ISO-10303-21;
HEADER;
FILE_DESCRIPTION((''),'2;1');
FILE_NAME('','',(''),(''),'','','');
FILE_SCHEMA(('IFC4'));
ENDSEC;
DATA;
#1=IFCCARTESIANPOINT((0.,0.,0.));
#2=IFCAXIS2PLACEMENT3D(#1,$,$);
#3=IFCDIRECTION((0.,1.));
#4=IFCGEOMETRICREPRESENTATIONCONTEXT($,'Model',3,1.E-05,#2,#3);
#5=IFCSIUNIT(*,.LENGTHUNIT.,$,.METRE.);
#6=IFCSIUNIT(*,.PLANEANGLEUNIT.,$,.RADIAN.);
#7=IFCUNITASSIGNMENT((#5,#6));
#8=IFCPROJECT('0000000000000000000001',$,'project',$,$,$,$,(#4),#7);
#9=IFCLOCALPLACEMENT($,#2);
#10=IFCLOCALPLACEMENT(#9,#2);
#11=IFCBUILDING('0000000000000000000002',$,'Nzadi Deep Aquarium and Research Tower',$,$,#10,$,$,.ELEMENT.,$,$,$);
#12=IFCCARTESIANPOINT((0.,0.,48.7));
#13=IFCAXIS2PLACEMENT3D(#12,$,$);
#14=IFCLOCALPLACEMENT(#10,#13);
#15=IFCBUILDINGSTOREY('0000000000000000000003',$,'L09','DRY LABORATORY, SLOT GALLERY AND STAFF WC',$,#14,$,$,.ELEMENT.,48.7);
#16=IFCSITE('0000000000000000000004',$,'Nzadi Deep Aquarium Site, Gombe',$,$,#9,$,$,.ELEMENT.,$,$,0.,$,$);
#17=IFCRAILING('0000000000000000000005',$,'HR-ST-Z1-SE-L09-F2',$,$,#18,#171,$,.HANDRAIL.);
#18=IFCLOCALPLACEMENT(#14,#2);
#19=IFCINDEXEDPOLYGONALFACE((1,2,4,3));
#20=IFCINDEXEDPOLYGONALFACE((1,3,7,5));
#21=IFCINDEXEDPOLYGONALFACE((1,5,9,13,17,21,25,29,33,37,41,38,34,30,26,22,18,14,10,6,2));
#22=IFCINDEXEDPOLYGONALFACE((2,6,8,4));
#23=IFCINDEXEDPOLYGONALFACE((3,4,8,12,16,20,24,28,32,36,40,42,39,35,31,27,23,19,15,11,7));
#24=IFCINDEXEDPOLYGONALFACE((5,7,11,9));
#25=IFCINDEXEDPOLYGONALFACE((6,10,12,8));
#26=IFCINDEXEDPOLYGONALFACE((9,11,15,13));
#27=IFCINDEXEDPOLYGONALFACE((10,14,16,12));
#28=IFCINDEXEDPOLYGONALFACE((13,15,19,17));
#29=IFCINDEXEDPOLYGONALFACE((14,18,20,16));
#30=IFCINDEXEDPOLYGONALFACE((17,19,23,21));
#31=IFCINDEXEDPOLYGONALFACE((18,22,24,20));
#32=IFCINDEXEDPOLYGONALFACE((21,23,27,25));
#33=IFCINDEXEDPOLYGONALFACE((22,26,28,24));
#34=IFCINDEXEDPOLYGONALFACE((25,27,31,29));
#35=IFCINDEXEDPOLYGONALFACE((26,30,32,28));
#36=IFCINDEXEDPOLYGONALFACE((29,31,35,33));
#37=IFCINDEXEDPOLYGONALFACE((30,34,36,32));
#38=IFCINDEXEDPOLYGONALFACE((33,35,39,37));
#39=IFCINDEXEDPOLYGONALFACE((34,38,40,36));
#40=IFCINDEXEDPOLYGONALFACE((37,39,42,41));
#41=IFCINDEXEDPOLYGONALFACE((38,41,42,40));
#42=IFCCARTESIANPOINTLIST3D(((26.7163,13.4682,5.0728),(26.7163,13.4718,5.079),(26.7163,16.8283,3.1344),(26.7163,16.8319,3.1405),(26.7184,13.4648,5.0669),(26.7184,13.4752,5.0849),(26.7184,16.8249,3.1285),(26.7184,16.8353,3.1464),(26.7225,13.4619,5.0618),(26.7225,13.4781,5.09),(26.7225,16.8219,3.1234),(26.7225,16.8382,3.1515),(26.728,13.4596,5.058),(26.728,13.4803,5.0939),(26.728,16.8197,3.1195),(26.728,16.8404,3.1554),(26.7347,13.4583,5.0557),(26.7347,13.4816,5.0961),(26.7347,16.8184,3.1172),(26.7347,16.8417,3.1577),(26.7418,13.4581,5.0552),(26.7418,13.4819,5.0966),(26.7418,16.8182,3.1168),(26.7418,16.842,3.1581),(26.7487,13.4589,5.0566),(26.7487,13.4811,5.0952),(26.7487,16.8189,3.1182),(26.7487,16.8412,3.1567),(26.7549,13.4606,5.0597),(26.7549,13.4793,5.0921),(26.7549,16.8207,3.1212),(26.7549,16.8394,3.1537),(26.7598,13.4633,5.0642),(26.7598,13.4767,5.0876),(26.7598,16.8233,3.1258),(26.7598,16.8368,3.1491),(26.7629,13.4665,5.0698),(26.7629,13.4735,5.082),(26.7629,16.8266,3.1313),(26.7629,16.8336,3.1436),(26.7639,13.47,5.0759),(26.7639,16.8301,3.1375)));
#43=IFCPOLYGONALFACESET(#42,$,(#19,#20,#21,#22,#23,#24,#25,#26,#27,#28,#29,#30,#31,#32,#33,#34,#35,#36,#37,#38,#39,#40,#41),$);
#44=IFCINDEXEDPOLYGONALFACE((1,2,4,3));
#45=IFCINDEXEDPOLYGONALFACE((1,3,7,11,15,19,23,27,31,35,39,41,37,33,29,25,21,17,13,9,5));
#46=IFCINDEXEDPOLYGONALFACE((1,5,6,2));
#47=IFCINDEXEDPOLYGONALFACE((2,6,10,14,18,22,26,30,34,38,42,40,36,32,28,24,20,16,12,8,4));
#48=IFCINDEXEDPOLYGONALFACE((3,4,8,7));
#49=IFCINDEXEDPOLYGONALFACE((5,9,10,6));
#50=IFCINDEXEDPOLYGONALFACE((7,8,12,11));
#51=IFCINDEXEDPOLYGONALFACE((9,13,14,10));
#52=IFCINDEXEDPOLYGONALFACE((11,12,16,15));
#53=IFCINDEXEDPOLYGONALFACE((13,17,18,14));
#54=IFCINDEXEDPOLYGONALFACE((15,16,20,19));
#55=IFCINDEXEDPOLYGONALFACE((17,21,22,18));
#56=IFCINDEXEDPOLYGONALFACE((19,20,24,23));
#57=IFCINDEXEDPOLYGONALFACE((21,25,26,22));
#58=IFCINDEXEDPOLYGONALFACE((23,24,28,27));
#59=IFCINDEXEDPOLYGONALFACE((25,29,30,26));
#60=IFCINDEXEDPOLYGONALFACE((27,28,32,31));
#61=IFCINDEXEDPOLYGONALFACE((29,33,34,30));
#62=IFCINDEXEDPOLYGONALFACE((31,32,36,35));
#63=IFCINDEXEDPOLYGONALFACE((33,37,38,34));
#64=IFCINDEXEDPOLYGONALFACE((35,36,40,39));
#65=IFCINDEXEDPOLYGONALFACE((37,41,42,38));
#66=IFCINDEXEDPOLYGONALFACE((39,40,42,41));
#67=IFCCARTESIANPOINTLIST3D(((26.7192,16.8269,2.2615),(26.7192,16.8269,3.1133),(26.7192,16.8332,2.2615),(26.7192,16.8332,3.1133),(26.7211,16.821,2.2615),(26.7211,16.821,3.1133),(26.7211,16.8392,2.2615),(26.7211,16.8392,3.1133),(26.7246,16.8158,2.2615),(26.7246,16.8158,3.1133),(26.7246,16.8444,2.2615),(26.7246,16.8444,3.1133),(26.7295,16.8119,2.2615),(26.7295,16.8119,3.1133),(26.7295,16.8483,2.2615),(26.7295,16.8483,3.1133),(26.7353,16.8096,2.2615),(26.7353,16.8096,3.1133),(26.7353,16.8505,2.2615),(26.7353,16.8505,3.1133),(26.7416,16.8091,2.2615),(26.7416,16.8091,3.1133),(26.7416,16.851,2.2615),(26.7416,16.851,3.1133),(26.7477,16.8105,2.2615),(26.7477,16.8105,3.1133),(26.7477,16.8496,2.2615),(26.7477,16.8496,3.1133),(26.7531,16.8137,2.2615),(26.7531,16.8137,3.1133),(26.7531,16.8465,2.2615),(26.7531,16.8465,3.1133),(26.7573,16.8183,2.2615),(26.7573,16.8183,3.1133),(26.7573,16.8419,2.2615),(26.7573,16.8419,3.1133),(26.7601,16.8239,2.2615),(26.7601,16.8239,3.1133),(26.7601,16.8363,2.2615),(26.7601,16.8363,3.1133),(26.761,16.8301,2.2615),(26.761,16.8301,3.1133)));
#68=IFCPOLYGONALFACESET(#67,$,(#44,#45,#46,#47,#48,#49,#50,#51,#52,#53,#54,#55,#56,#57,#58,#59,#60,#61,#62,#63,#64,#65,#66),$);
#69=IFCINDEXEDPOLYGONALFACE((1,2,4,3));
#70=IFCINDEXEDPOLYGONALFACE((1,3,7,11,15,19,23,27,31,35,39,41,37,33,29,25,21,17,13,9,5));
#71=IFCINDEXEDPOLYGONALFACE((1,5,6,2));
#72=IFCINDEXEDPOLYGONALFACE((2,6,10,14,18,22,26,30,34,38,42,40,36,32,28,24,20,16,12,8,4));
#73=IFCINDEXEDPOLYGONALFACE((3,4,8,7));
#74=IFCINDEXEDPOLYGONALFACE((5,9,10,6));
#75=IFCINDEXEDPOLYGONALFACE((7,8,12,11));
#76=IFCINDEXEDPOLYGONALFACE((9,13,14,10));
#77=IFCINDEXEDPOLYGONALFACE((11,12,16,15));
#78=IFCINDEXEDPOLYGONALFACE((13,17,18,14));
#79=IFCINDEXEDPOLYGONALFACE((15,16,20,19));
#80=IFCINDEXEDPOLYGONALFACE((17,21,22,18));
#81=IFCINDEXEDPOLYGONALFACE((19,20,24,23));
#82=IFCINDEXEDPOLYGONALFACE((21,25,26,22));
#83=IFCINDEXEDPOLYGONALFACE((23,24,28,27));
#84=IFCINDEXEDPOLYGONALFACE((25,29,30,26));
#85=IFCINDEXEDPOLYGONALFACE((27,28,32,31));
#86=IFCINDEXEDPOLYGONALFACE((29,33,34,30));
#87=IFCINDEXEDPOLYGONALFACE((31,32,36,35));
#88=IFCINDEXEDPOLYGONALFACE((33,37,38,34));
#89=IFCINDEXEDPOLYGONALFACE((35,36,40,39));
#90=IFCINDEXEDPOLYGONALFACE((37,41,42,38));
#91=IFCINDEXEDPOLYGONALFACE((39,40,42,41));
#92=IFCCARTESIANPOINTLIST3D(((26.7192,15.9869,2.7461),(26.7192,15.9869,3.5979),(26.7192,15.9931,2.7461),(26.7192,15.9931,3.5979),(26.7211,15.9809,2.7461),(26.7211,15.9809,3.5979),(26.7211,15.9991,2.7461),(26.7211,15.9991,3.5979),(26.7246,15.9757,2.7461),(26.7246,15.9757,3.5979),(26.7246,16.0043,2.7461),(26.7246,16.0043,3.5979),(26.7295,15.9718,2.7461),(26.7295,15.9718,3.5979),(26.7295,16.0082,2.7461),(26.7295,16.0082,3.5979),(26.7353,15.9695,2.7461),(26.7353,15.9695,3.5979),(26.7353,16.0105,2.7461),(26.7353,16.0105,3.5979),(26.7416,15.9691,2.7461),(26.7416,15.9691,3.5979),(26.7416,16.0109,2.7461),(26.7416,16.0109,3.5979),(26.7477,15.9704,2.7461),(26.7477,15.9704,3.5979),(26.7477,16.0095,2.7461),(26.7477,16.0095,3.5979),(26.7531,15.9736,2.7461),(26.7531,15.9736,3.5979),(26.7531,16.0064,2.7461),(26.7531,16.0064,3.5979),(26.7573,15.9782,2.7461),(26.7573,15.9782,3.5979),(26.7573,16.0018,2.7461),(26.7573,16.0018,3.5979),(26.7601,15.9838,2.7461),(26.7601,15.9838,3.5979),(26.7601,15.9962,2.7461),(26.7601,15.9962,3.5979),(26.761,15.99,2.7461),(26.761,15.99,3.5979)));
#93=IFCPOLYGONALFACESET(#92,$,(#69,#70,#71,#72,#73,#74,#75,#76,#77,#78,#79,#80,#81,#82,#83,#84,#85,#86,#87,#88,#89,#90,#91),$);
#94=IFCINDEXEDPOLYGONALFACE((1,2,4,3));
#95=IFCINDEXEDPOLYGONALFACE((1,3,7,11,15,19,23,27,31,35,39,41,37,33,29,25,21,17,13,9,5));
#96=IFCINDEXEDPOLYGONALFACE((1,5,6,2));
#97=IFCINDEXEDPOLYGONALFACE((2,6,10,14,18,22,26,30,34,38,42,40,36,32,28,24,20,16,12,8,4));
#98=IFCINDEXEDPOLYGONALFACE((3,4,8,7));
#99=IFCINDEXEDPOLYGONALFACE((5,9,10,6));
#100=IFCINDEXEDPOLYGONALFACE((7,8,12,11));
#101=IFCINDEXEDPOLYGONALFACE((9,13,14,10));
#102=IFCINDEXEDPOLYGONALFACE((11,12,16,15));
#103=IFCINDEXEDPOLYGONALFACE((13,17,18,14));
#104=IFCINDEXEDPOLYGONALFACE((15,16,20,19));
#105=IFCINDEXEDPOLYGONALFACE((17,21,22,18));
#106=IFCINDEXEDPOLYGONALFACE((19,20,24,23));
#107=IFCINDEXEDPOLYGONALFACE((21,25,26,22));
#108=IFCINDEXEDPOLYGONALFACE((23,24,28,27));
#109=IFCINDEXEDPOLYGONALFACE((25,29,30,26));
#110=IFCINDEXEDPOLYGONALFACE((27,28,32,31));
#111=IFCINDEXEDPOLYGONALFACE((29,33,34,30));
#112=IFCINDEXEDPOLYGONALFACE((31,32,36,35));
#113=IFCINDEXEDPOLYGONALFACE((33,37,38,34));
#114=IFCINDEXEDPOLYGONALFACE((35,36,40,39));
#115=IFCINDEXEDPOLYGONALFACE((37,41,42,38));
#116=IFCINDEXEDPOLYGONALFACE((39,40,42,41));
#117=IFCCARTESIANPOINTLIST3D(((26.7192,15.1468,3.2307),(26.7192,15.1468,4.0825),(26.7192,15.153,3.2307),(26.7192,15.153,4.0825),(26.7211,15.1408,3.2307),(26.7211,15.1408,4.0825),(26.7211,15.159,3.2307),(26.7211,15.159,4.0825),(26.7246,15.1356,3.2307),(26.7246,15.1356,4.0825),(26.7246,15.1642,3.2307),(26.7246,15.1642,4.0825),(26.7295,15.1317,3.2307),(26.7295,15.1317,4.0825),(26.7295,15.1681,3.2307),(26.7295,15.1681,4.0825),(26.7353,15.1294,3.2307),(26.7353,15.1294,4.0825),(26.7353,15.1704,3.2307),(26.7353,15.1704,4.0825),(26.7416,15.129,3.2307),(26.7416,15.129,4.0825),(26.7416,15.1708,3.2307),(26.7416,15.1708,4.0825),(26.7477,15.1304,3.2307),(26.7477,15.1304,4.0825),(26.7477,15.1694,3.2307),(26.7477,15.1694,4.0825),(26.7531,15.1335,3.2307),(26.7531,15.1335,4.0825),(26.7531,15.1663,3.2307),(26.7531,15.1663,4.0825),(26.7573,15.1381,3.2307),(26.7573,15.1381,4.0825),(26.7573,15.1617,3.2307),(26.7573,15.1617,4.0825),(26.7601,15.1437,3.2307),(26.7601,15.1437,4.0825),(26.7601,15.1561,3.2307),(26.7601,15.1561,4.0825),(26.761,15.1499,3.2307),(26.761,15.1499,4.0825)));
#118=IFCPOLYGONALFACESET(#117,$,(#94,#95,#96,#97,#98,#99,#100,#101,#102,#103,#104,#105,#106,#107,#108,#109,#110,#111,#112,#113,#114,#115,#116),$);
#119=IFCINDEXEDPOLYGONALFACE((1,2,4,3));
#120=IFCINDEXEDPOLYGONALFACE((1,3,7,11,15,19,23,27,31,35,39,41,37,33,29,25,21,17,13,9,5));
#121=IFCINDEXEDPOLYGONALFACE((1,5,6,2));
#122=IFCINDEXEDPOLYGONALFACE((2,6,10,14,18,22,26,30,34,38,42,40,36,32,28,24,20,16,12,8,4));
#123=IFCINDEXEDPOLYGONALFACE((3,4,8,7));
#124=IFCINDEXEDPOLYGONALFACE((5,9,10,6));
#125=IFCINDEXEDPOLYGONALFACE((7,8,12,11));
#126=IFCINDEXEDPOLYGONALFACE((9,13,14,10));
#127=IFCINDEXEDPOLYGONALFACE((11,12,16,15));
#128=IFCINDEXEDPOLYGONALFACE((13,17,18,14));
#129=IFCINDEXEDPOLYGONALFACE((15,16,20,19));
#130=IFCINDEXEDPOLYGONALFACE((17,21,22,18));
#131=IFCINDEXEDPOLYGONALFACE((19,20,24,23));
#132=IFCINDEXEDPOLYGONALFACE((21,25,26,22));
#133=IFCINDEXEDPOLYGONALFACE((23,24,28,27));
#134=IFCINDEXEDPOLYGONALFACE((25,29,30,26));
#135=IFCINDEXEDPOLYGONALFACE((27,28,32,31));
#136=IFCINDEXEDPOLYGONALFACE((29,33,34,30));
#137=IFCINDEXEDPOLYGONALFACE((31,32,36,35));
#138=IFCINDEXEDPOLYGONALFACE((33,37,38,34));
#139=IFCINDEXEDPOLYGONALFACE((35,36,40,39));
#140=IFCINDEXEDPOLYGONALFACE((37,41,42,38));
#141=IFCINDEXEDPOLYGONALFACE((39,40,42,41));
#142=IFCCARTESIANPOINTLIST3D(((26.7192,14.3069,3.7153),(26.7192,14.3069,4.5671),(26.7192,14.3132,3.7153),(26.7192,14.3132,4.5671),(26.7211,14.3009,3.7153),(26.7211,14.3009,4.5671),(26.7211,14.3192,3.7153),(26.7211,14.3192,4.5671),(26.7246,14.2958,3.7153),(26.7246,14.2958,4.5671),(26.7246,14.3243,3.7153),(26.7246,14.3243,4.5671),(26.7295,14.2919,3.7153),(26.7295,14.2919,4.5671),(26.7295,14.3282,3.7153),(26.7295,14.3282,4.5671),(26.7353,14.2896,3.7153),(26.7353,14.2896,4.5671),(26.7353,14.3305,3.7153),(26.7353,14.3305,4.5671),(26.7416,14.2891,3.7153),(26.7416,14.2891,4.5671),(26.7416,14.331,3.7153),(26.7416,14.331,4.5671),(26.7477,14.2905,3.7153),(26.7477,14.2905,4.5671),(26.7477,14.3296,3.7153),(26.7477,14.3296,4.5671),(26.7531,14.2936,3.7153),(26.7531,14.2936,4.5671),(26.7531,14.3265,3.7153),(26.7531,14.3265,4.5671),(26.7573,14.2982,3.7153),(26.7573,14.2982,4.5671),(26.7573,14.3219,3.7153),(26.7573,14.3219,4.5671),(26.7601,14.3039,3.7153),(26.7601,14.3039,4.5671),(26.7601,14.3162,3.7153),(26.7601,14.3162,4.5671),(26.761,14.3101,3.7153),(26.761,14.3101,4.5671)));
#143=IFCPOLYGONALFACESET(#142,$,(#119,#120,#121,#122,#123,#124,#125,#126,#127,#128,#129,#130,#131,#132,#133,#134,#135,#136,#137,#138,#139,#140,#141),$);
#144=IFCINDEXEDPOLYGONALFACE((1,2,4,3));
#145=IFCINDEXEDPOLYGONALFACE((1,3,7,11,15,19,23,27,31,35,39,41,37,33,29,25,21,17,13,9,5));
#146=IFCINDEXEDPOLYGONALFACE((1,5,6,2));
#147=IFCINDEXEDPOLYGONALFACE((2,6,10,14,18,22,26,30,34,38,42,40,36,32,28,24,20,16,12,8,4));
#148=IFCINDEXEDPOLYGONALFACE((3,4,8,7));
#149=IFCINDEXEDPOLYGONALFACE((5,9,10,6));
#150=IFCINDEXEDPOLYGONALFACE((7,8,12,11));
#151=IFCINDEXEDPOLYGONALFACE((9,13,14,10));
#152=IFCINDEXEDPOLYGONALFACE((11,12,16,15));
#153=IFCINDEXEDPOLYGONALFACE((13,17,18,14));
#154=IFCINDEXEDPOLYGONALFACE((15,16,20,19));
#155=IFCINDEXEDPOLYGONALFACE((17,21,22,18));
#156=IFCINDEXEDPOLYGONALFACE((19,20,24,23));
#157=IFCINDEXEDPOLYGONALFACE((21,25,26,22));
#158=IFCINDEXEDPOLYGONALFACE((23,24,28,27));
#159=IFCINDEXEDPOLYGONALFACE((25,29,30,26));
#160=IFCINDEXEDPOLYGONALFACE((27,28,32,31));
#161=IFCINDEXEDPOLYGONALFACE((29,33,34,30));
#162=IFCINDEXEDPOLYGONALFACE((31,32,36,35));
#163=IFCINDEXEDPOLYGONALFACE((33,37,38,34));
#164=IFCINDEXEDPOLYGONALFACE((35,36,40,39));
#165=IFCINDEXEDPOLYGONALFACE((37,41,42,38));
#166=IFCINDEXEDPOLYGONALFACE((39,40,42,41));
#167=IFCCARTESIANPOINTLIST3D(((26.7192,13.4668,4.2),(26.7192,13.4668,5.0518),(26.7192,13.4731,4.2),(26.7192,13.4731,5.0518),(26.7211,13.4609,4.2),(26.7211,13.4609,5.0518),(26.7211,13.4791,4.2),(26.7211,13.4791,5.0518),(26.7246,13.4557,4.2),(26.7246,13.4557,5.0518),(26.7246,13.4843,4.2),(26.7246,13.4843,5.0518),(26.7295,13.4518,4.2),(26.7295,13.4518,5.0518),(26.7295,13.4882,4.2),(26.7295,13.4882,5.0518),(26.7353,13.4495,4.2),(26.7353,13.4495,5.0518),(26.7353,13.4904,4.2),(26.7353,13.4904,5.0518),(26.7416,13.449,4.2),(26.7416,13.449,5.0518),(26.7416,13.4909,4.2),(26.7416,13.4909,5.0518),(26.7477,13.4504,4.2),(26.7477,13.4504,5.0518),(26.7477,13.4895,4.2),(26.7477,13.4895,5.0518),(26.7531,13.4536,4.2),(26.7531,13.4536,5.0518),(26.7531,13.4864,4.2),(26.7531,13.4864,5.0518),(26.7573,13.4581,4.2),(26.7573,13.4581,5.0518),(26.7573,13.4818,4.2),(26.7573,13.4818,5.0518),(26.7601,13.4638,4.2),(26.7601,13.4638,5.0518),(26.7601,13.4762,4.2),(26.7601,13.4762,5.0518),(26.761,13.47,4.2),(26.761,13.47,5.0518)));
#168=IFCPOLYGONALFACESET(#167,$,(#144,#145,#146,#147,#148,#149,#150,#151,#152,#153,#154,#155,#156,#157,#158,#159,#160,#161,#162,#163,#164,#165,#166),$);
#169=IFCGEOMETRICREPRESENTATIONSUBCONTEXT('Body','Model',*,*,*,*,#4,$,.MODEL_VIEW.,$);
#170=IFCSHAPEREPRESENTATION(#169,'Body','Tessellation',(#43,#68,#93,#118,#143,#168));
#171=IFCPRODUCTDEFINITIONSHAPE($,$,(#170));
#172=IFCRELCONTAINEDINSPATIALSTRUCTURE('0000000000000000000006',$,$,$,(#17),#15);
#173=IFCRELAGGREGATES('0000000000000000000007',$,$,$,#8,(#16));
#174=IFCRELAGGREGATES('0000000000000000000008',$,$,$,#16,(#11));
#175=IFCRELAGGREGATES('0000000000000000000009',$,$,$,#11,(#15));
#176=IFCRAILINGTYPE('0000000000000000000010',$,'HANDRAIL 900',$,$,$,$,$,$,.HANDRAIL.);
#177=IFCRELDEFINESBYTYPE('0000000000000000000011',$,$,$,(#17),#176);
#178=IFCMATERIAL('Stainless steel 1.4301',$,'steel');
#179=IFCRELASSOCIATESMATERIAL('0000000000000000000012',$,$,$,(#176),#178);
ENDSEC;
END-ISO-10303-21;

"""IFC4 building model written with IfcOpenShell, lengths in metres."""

from ifc_helpers import new_model, si_unit, direction, frame, origin, origin_2d, place, context, subcontext, project, spatial, circle, extrude, material, type_object, element, save


model = new_model("IFC4")

# Units and contexts
model_context = context("Model", 3, precision=1e-05, world=origin(), true_north=direction((0.0, 1.0)))
body_context = subcontext(model_context, "Body", "Model", "MODEL_VIEW")
ifc_project = project(units=[si_unit("LENGTHUNIT", "METRE"), si_unit("PLANEANGLEUNIT", "RADIAN")], contexts=[model_context])

# Site, building, storey
site_placement = place(None, origin())
site = spatial("IfcSite", under=ifc_project, at=site_placement, Name="Nzadi Deep Aquarium Site, Gombe", CompositionType="ELEMENT", RefElevation=0.0)
building_placement = place(site_placement, origin())
building = spatial("IfcBuilding", under=site, at=building_placement, Name="Nzadi Deep Aquarium and Research Tower", CompositionType="ELEMENT")
storey_placement = place(building_placement, frame((0.0, 0.0, 48.7)))
storey = spatial("IfcBuildingStorey", under=building, at=storey_placement, Name="L09", Description="DRY LABORATORY, SLOT GALLERY AND STAFF WC", CompositionType="ELEMENT", Elevation=48.7)

# Railing
ifc_material_1 = material(Name="Stainless steel 1.4301", Category="steel")
railing_type = type_object("IfcRailingType", Name="HANDRAIL 900", PredefinedType="HANDRAIL", material=ifc_material_1)
railing_placement = place(storey_placement, frame((26.74, 16.8301, 2.2615)))
element("IfcRailing", 1, at=railing_placement, inside=storey, type_object=railing_type, Name="HR-ST-Z1-SE-L09-F2", PredefinedType="HANDRAIL", context=body_context, shape_type="SweptSolid", body=[
    extrude(circle(Radius=0.0239, at=origin_2d()), frame((0.0, 0.0, 0.876), z_axis=(0.0, -0.866191, 0.499713), x_axis=(1.0, 0.0, 0.0)), (0.0, 0.0, 1.0), 3.8792),
    extrude(circle(Radius=0.021, at=origin_2d()), origin(), (0.0, 0.0, 1.0), 0.8518),
    extrude(circle(Radius=0.021, at=origin_2d()), frame((0.0, -0.8401, 0.4846)), (0.0, 0.0, 1.0), 0.8518),
    extrude(circle(Radius=0.021, at=origin_2d()), frame((0.0, -1.6802, 0.9692)), (0.0, 0.0, 1.0), 0.8518),
    extrude(circle(Radius=0.021, at=origin_2d()), frame((0.0, -2.52, 1.4539)), (0.0, 0.0, 1.0), 0.8518),
    extrude(circle(Radius=0.021, at=origin_2d()), frame((0.0, -3.3601, 1.9385)), (0.0, 0.0, 1.0), 0.8518),
])

save(model, "model.ifc")
